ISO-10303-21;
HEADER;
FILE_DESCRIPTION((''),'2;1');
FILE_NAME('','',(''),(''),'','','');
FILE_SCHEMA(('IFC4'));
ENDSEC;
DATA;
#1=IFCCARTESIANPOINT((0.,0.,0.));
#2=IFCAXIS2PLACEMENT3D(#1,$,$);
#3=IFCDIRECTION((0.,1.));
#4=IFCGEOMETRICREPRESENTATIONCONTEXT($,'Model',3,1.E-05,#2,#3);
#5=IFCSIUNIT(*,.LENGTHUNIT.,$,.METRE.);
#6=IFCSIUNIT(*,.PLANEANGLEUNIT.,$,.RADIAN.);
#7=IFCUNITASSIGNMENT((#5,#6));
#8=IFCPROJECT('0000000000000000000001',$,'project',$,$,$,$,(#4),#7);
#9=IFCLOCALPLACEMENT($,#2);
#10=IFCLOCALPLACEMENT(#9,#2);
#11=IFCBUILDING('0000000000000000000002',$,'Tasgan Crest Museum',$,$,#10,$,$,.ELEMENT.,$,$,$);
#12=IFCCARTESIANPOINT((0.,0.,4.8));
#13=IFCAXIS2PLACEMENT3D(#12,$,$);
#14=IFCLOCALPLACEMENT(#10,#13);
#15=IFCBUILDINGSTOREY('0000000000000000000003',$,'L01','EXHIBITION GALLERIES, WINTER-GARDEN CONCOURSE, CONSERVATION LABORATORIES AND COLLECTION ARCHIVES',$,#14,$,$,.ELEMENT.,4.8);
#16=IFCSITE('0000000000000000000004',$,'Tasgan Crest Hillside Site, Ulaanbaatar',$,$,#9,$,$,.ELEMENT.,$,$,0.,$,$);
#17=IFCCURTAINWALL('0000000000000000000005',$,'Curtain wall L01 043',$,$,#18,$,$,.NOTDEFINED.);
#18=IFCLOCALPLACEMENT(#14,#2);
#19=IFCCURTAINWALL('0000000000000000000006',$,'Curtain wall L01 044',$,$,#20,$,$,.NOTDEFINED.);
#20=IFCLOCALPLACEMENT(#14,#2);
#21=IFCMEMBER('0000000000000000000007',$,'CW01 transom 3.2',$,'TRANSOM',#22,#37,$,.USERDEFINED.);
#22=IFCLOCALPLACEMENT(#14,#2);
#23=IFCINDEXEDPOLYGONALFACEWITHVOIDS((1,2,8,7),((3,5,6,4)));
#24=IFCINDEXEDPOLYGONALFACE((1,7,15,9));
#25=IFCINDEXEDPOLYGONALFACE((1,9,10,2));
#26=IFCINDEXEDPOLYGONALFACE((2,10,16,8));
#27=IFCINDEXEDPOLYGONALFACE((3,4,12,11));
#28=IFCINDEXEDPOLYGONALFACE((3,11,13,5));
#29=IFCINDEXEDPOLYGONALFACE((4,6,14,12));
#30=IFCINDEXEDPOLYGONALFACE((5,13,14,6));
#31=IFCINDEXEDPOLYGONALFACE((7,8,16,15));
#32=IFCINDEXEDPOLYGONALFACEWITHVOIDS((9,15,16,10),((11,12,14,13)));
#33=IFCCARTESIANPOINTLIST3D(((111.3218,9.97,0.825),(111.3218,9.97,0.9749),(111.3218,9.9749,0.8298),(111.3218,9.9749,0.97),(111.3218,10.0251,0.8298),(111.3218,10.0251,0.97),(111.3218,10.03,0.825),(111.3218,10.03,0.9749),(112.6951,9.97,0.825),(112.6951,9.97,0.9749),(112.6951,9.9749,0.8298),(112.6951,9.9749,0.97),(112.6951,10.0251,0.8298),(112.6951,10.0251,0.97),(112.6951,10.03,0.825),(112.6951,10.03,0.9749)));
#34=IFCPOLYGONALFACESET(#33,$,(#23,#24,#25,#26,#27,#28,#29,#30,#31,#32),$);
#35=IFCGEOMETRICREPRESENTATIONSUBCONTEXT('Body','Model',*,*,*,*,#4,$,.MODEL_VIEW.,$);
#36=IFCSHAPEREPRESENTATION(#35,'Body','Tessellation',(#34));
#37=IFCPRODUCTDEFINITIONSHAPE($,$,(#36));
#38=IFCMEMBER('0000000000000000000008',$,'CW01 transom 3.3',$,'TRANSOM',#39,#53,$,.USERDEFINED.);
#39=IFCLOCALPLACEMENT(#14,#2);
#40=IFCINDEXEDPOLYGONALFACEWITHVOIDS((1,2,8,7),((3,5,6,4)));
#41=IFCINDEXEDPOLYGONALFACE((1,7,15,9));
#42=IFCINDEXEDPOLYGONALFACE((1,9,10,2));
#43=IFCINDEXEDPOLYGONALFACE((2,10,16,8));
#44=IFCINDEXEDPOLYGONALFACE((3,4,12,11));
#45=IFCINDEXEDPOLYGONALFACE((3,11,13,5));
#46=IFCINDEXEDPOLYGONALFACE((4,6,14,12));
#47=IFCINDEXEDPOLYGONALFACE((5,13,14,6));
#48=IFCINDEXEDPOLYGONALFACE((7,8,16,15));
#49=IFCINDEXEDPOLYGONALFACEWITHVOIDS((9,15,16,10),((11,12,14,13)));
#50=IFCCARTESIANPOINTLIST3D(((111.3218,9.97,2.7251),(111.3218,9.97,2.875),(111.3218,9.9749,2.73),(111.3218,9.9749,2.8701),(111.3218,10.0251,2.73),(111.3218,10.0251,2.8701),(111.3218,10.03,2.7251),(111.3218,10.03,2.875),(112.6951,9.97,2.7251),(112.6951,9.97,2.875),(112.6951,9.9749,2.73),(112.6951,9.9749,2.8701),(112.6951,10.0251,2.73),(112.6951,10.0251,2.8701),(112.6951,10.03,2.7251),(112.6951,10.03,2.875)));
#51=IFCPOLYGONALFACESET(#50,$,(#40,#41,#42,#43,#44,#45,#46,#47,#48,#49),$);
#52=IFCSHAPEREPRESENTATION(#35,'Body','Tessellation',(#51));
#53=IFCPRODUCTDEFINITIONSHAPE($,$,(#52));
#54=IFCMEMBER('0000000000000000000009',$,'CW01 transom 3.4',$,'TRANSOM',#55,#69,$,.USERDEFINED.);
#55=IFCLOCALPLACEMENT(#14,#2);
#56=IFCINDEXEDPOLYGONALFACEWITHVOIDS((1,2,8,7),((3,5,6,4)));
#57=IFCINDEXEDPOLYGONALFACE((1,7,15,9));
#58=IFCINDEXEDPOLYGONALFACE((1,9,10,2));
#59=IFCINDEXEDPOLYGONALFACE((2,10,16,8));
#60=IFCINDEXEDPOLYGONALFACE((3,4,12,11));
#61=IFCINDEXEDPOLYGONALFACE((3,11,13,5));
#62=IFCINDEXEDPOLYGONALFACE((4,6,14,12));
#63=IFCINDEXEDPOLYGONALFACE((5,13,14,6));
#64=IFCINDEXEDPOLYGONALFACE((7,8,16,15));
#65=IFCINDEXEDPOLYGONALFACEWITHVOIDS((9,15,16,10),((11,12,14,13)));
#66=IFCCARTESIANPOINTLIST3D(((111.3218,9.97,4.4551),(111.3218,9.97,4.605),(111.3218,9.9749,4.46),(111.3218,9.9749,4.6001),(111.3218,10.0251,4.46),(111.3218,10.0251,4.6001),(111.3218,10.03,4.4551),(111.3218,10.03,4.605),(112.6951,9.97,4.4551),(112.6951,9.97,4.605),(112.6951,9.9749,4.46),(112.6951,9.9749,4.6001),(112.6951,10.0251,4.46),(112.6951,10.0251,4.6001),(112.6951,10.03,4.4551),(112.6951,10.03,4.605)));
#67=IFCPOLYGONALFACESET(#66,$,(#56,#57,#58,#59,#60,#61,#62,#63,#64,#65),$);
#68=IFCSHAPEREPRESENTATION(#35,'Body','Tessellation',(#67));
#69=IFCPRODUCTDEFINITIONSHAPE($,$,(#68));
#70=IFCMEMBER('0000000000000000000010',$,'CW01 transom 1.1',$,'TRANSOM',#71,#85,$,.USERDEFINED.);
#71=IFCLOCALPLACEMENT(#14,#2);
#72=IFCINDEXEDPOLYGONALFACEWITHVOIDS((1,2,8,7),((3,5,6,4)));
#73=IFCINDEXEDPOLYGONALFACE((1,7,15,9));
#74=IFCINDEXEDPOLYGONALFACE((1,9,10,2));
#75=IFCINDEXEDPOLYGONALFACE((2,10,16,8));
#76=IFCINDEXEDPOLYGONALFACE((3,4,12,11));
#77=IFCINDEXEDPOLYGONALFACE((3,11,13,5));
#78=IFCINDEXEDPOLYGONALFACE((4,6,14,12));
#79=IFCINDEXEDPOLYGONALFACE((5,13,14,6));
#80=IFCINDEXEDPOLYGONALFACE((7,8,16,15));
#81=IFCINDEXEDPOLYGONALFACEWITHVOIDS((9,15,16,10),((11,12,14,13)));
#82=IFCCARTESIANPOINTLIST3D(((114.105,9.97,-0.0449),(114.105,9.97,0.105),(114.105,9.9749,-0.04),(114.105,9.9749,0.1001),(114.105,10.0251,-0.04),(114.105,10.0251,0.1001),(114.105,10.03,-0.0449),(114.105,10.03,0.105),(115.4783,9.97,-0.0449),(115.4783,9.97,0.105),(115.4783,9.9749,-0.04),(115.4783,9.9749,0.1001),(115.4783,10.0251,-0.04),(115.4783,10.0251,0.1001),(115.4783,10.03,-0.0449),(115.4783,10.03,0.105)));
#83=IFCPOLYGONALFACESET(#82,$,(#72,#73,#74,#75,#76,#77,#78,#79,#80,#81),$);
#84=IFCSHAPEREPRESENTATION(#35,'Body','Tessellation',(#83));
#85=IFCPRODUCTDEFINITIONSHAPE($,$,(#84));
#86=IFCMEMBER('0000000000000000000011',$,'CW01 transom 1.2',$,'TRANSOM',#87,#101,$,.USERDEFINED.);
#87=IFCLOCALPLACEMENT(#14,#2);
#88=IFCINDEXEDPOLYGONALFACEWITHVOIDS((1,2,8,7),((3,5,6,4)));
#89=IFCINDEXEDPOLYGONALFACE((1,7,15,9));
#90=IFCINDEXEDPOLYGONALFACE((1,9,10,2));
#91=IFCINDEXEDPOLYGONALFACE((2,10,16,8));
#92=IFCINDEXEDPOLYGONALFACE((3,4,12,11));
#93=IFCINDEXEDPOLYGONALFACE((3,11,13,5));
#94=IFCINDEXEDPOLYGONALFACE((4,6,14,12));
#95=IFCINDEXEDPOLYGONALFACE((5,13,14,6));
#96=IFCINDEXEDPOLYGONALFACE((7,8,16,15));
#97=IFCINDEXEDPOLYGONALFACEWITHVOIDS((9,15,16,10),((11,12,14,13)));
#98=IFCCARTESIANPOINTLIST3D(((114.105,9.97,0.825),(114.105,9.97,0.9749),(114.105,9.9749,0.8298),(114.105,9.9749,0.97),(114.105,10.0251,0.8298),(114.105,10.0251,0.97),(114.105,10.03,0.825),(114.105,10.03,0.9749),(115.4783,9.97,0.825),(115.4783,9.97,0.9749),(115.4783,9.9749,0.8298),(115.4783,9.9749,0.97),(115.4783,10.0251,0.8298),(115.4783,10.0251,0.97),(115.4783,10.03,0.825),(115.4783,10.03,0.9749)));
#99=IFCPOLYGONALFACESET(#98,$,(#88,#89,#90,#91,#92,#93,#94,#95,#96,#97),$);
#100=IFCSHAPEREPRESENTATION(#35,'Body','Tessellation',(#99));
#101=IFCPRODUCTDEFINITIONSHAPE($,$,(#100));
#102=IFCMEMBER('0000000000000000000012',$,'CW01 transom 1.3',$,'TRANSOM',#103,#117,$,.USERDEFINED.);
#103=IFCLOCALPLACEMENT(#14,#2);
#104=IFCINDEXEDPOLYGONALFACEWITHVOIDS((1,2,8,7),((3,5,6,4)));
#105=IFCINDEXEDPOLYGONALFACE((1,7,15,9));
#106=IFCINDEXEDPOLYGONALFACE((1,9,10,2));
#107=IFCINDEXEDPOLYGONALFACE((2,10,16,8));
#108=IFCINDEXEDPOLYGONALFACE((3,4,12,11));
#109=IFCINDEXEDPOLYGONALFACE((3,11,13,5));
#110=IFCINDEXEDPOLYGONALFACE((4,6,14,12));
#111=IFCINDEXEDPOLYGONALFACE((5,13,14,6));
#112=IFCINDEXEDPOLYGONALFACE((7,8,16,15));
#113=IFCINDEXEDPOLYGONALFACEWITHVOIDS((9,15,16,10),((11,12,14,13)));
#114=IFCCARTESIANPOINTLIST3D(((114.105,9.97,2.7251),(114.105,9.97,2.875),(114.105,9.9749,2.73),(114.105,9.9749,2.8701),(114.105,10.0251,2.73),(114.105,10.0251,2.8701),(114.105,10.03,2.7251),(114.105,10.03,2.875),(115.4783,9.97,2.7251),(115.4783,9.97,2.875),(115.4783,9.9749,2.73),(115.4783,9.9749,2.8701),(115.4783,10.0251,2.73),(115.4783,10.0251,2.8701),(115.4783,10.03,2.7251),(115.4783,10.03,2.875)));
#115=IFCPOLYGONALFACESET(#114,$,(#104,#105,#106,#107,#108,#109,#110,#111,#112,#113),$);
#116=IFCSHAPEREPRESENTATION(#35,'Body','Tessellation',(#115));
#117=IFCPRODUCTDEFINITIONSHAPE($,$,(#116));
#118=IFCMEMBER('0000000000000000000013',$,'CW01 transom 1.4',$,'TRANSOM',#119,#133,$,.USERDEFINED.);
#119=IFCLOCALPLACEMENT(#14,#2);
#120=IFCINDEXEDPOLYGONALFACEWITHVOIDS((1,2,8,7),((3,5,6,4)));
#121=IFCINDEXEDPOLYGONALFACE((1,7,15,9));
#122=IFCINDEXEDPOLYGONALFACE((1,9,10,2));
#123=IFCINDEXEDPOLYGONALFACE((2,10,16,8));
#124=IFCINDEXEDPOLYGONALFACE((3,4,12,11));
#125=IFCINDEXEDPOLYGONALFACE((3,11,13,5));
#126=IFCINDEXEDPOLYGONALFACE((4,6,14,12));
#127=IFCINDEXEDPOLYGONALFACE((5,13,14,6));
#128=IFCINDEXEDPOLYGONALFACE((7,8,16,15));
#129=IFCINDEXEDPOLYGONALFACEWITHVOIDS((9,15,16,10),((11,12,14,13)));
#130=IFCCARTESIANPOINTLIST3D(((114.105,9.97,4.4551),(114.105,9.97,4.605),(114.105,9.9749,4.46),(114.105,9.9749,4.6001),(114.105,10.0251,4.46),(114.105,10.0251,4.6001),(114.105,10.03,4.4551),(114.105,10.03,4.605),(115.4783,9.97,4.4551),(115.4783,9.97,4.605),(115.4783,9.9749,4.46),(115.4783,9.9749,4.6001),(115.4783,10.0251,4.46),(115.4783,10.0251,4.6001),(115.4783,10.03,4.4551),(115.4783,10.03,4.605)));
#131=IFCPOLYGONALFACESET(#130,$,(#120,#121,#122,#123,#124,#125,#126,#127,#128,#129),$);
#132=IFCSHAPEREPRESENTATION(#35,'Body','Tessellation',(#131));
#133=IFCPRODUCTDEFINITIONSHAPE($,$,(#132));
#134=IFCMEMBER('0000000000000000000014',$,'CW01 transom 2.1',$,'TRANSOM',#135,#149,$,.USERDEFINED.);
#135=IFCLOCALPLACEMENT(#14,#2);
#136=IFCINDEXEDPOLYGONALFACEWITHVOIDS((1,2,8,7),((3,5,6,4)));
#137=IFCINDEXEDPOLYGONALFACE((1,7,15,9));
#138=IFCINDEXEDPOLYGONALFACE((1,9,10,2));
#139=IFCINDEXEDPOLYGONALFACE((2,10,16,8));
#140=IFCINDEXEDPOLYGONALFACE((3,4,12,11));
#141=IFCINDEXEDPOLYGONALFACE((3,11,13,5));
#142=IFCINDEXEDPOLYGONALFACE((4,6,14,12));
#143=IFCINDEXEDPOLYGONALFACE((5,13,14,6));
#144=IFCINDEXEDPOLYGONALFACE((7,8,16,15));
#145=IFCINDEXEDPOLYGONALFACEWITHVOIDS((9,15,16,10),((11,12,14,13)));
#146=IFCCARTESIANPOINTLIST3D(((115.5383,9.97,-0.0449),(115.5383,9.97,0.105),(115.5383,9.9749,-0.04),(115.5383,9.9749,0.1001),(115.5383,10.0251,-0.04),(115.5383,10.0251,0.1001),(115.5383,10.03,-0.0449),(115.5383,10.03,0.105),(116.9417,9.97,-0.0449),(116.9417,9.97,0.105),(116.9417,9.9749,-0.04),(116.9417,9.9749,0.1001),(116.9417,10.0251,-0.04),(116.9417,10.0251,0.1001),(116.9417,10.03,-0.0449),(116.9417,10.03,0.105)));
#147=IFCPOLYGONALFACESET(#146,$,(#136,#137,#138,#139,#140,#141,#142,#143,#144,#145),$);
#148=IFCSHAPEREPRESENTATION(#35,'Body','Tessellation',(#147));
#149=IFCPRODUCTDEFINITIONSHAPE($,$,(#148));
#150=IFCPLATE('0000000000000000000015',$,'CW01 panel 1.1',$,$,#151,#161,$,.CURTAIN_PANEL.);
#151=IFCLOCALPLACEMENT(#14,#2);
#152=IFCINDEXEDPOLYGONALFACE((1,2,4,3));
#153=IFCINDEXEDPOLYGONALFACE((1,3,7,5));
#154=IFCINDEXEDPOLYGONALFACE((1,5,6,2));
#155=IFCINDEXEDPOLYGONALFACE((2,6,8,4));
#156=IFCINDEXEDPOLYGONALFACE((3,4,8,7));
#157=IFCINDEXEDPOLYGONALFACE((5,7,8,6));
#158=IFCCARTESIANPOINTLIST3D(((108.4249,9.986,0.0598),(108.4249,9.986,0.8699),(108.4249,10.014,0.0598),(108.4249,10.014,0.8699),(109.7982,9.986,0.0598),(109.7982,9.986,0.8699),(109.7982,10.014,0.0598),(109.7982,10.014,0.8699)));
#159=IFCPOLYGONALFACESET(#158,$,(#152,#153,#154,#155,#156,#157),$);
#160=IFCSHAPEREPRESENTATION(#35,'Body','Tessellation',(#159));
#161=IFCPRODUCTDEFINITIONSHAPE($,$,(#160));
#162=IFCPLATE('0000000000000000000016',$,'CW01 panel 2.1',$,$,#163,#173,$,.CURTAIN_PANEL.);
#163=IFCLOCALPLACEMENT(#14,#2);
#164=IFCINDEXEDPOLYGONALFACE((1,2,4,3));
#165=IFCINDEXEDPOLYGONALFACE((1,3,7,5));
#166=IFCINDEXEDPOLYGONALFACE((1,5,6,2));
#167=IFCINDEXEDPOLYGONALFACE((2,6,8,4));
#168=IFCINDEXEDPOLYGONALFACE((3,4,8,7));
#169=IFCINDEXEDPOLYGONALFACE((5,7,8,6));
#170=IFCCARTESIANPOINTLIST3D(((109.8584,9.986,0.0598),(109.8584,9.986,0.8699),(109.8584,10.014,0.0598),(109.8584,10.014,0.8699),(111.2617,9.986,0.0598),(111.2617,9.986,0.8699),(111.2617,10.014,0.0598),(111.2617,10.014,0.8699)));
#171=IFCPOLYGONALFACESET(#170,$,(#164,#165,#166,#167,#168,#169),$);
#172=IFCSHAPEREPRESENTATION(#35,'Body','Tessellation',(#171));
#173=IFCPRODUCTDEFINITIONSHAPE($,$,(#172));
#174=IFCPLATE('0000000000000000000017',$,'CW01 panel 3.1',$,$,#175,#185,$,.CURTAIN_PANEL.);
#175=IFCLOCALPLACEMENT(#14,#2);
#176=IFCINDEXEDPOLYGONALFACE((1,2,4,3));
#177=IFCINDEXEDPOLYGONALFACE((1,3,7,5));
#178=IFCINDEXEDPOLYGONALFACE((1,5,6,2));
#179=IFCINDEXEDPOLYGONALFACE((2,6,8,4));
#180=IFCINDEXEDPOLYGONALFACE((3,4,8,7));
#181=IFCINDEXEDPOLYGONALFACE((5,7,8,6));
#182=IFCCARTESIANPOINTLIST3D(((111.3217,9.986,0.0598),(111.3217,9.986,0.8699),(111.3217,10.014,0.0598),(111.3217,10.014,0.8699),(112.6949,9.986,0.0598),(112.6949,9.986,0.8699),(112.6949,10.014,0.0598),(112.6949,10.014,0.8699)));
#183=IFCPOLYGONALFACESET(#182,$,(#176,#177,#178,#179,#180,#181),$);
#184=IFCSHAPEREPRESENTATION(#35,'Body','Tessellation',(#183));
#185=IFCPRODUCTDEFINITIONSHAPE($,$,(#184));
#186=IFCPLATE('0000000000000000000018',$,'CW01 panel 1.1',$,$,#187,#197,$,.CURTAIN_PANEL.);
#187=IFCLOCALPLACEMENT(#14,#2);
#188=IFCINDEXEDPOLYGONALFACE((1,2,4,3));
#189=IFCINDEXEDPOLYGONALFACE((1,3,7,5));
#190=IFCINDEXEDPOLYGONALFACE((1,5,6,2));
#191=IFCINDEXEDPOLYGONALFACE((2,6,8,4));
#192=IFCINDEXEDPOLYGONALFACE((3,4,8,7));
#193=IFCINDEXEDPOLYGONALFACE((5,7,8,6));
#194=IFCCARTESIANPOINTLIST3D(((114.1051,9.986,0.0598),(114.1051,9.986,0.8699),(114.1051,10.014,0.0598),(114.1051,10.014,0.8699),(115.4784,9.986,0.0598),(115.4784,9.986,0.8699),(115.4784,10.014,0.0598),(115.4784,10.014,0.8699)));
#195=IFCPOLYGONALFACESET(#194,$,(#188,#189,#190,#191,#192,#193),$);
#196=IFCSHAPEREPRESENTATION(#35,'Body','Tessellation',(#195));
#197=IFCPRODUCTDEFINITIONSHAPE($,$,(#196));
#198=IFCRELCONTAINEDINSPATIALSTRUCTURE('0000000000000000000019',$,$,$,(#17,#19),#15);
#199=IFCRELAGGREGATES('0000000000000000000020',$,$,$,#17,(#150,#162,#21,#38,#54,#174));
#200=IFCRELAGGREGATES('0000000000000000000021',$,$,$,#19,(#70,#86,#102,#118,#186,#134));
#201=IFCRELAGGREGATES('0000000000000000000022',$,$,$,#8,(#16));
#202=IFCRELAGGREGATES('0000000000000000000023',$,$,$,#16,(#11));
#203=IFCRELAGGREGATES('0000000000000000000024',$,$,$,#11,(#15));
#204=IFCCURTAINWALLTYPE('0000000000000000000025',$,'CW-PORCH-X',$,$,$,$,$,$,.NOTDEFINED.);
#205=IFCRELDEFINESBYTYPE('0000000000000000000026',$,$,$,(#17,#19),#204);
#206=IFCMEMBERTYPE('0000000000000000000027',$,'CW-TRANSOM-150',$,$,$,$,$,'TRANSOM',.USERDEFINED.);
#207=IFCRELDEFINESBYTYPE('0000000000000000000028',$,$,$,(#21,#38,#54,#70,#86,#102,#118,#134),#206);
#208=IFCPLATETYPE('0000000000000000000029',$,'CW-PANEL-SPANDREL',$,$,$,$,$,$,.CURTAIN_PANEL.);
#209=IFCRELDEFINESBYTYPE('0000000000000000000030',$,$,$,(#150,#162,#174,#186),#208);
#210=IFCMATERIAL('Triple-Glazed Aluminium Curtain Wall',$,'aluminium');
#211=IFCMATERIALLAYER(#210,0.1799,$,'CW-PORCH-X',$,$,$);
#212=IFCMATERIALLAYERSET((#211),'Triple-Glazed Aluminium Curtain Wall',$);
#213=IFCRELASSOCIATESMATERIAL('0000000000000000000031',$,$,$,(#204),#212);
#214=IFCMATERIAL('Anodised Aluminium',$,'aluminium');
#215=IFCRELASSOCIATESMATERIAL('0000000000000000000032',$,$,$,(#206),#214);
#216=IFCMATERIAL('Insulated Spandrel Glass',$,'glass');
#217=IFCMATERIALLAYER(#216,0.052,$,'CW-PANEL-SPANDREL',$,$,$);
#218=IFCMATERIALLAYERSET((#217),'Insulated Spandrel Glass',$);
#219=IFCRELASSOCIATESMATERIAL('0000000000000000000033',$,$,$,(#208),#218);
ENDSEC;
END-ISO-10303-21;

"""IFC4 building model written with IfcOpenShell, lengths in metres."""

from ifc_helpers import new_model, si_unit, direction, frame, origin, origin_2d, place, context, subcontext, project, spatial, rectangle, hollow_rectangle, extrude, material, layer, layer_set, material_profile, profile_set, type_object, element, aggregate, save


model = new_model("IFC4")

# Units and contexts
model_context = context("Model", 3, precision=1e-05, world=origin(), true_north=direction((0.0, 1.0)))
body_context = subcontext(model_context, "Body", "Model", "MODEL_VIEW")
ifc_project = project(units=[si_unit("LENGTHUNIT", "METRE"), si_unit("PLANEANGLEUNIT", "RADIAN")], contexts=[model_context])

# Site, building, storey
site_placement = place(None, origin())
site = spatial("IfcSite", under=ifc_project, at=site_placement, Name="Tasgan Crest Hillside Site, Ulaanbaatar", CompositionType="ELEMENT", RefElevation=0.0)
building_placement = place(site_placement, origin())
building = spatial("IfcBuilding", under=site, at=building_placement, Name="Tasgan Crest Museum", CompositionType="ELEMENT")
storey_placement = place(building_placement, frame((0.0, 0.0, 4.8)))
storey = spatial("IfcBuildingStorey", under=building, at=storey_placement, Name="L01", Description="EXHIBITION GALLERIES, WINTER-GARDEN CONCOURSE, CONSERVATION LABORATORIES AND COLLECTION ARCHIVES", CompositionType="ELEMENT", Elevation=4.8)

# Curtain walls
ifc_material_1 = material(Name="Triple-Glazed Aluminium Curtain Wall", Category="aluminium")
ifc_layer_1 = layer(ifc_material_1, 0.1799, Name="CW-PORCH-X")
ifc_layer_set_1 = layer_set([ifc_layer_1], Name="Triple-Glazed Aluminium Curtain Wall")
curtain_wall_type = type_object("IfcCurtainWallType", Name="CW-PORCH-X", PredefinedType="NOTDEFINED", material=ifc_layer_set_1)
curtain_wall_1_placement = place(storey_placement, origin())
curtain_wall_1 = element("IfcCurtainWall", 1, at=curtain_wall_1_placement, inside=storey, type_object=curtain_wall_type, Name="Curtain wall L01 043", PredefinedType="NOTDEFINED")
curtain_wall_2_placement = place(storey_placement, origin())
curtain_wall_2 = element("IfcCurtainWall", 2, at=curtain_wall_2_placement, inside=storey, type_object=curtain_wall_type, Name="Curtain wall L01 044", PredefinedType="NOTDEFINED")

# Members
ifc_material_2 = material(Name="Anodised Aluminium", Category="aluminium")
ifc_material_profile_1 = material_profile(ifc_material_2, hollow_rectangle(XDim=0.0601, YDim=0.1499, WallThickness=0.0049, at=origin_2d()), Name="ALU TRANSOM 150x60x5")
ifc_profile_set_1 = profile_set([ifc_material_profile_1], Name="Anodised Aluminium")
member_type_1 = type_object("IfcMemberType", Name="CW-TRANSOM-150", ElementType="TRANSOM", PredefinedType="USERDEFINED", material=ifc_profile_set_1)
member_1_placement = place(storey_placement, frame((111.3218, 10.0, 0.8999), z_axis=(1.0, 0.0, 0.0), x_axis=(0.0, 1.0, 0.0)))
member_1 = element("IfcMember", 3, at=member_1_placement, type_object=member_type_1, Name="CW01 transom 3.2", ObjectType="TRANSOM", PredefinedType="USERDEFINED", context=body_context, shape_type="SweptSolid", body=[
    extrude(hollow_rectangle(XDim=0.0601, YDim=0.1499, WallThickness=0.0049, at=origin_2d()), origin(), (0.0, 0.0, 1.0), 1.3733),
])
member_2_placement = place(storey_placement, frame((111.3218, 10.0, 2.8), z_axis=(1.0, 0.0, 0.0), x_axis=(0.0, 1.0, 0.0)))
member_2 = element("IfcMember", 4, at=member_2_placement, type_object=member_type_1, Name="CW01 transom 3.3", ObjectType="TRANSOM", PredefinedType="USERDEFINED", context=body_context, shape_type="SweptSolid", body=[
    extrude(hollow_rectangle(XDim=0.0601, YDim=0.1499, WallThickness=0.0049, at=origin_2d()), origin(), (0.0, 0.0, 1.0), 1.3733),
])
member_3_placement = place(storey_placement, frame((111.3218, 10.0, 4.53), z_axis=(1.0, 0.0, 0.0), x_axis=(0.0, 1.0, 0.0)))
member_3 = element("IfcMember", 5, at=member_3_placement, type_object=member_type_1, Name="CW01 transom 3.4", ObjectType="TRANSOM", PredefinedType="USERDEFINED", context=body_context, shape_type="SweptSolid", body=[
    extrude(hollow_rectangle(XDim=0.0601, YDim=0.1499, WallThickness=0.0049, at=origin_2d()), origin(), (0.0, 0.0, 1.0), 1.3733),
])
member_4_placement = place(storey_placement, frame((114.105, 10.0, 0.03), z_axis=(1.0, 0.0, 0.0), x_axis=(0.0, 1.0, 0.0)))
member_4 = element("IfcMember", 6, at=member_4_placement, type_object=member_type_1, Name="CW01 transom 1.1", ObjectType="TRANSOM", PredefinedType="USERDEFINED", context=body_context, shape_type="SweptSolid", body=[
    extrude(hollow_rectangle(XDim=0.0601, YDim=0.1499, WallThickness=0.0049, at=origin_2d()), origin(), (0.0, 0.0, 1.0), 1.3733),
])
member_5_placement = place(storey_placement, frame((114.105, 10.0, 0.8999), z_axis=(1.0, 0.0, 0.0), x_axis=(0.0, 1.0, 0.0)))
member_5 = element("IfcMember", 7, at=member_5_placement, type_object=member_type_1, Name="CW01 transom 1.2", ObjectType="TRANSOM", PredefinedType="USERDEFINED", context=body_context, shape_type="SweptSolid", body=[
    extrude(hollow_rectangle(XDim=0.0601, YDim=0.1499, WallThickness=0.0049, at=origin_2d()), origin(), (0.0, 0.0, 1.0), 1.3733),
])
member_6_placement = place(storey_placement, frame((114.105, 10.0, 2.8), z_axis=(1.0, 0.0, 0.0), x_axis=(0.0, 1.0, 0.0)))
member_6 = element("IfcMember", 8, at=member_6_placement, type_object=member_type_1, Name="CW01 transom 1.3", ObjectType="TRANSOM", PredefinedType="USERDEFINED", context=body_context, shape_type="SweptSolid", body=[
    extrude(hollow_rectangle(XDim=0.0601, YDim=0.1499, WallThickness=0.0049, at=origin_2d()), origin(), (0.0, 0.0, 1.0), 1.3733),
])
member_7_placement = place(storey_placement, frame((114.105, 10.0, 4.53), z_axis=(1.0, 0.0, 0.0), x_axis=(0.0, 1.0, 0.0)))
member_7 = element("IfcMember", 9, at=member_7_placement, type_object=member_type_1, Name="CW01 transom 1.4", ObjectType="TRANSOM", PredefinedType="USERDEFINED", context=body_context, shape_type="SweptSolid", body=[
    extrude(hollow_rectangle(XDim=0.0601, YDim=0.1499, WallThickness=0.0049, at=origin_2d()), origin(), (0.0, 0.0, 1.0), 1.3733),
])
member_8_placement = place(storey_placement, frame((115.5383, 10.0, 0.03), z_axis=(1.0, 0.0, 0.0), x_axis=(0.0, 1.0, 0.0)))
member_8 = element("IfcMember", 10, at=member_8_placement, type_object=member_type_1, Name="CW01 transom 2.1", ObjectType="TRANSOM", PredefinedType="USERDEFINED", context=body_context, shape_type="SweptSolid", body=[
    extrude(hollow_rectangle(XDim=0.0601, YDim=0.1499, WallThickness=0.0049, at=origin_2d()), origin(), (0.0, 0.0, 1.0), 1.4033),
])

# Plates
ifc_material_3 = material(Name="Insulated Spandrel Glass", Category="glass")
ifc_layer_2 = layer(ifc_material_3, 0.052, Name="CW-PANEL-SPANDREL")
ifc_layer_set_2 = layer_set([ifc_layer_2], Name="Insulated Spandrel Glass")
plate_type_1 = type_object("IfcPlateType", Name="CW-PANEL-SPANDREL", PredefinedType="CURTAIN_PANEL", material=ifc_layer_set_2)
plate_1_placement = place(storey_placement, frame((109.1116, 10.0, 0.0598), z_axis=(0.0, 0.0, 1.0), x_axis=(1.0, 0.0, 0.0)))
plate_1 = element("IfcPlate", 11, at=plate_1_placement, type_object=plate_type_1, Name="CW01 panel 1.1", PredefinedType="CURTAIN_PANEL", context=body_context, shape_type="SweptSolid", body=[
    extrude(rectangle(XDim=1.3733, YDim=0.0281, at=origin_2d()), origin(), (0.0, 0.0, 1.0), 0.8101),
])
plate_2_placement = place(storey_placement, frame((110.5601, 10.0, 0.0598), z_axis=(0.0, 0.0, 1.0), x_axis=(1.0, 0.0, 0.0)))
plate_2 = element("IfcPlate", 12, at=plate_2_placement, type_object=plate_type_1, Name="CW01 panel 2.1", PredefinedType="CURTAIN_PANEL", context=body_context, shape_type="SweptSolid", body=[
    extrude(rectangle(XDim=1.4033, YDim=0.0281, at=origin_2d()), origin(), (0.0, 0.0, 1.0), 0.8101),
])
plate_3_placement = place(storey_placement, frame((112.0083, 10.0, 0.0598), z_axis=(0.0, 0.0, 1.0), x_axis=(1.0, 0.0, 0.0)))
plate_3 = element("IfcPlate", 13, at=plate_3_placement, type_object=plate_type_1, Name="CW01 panel 3.1", PredefinedType="CURTAIN_PANEL", context=body_context, shape_type="SweptSolid", body=[
    extrude(rectangle(XDim=1.3733, YDim=0.0281, at=origin_2d()), origin(), (0.0, 0.0, 1.0), 0.8101),
])
plate_4_placement = place(storey_placement, frame((114.7917, 10.0, 0.0598), z_axis=(0.0, 0.0, 1.0), x_axis=(1.0, 0.0, 0.0)))
plate_4 = element("IfcPlate", 14, at=plate_4_placement, type_object=plate_type_1, Name="CW01 panel 1.1", PredefinedType="CURTAIN_PANEL", context=body_context, shape_type="SweptSolid", body=[
    extrude(rectangle(XDim=1.3733, YDim=0.0281, at=origin_2d()), origin(), (0.0, 0.0, 1.0), 0.8101),
])
aggregate(curtain_wall_1, [plate_1, plate_2, member_1, member_2, member_3, plate_3])
aggregate(curtain_wall_2, [member_4, member_5, member_6, member_7, plate_4, member_8])

save(model, "model.ifc")
